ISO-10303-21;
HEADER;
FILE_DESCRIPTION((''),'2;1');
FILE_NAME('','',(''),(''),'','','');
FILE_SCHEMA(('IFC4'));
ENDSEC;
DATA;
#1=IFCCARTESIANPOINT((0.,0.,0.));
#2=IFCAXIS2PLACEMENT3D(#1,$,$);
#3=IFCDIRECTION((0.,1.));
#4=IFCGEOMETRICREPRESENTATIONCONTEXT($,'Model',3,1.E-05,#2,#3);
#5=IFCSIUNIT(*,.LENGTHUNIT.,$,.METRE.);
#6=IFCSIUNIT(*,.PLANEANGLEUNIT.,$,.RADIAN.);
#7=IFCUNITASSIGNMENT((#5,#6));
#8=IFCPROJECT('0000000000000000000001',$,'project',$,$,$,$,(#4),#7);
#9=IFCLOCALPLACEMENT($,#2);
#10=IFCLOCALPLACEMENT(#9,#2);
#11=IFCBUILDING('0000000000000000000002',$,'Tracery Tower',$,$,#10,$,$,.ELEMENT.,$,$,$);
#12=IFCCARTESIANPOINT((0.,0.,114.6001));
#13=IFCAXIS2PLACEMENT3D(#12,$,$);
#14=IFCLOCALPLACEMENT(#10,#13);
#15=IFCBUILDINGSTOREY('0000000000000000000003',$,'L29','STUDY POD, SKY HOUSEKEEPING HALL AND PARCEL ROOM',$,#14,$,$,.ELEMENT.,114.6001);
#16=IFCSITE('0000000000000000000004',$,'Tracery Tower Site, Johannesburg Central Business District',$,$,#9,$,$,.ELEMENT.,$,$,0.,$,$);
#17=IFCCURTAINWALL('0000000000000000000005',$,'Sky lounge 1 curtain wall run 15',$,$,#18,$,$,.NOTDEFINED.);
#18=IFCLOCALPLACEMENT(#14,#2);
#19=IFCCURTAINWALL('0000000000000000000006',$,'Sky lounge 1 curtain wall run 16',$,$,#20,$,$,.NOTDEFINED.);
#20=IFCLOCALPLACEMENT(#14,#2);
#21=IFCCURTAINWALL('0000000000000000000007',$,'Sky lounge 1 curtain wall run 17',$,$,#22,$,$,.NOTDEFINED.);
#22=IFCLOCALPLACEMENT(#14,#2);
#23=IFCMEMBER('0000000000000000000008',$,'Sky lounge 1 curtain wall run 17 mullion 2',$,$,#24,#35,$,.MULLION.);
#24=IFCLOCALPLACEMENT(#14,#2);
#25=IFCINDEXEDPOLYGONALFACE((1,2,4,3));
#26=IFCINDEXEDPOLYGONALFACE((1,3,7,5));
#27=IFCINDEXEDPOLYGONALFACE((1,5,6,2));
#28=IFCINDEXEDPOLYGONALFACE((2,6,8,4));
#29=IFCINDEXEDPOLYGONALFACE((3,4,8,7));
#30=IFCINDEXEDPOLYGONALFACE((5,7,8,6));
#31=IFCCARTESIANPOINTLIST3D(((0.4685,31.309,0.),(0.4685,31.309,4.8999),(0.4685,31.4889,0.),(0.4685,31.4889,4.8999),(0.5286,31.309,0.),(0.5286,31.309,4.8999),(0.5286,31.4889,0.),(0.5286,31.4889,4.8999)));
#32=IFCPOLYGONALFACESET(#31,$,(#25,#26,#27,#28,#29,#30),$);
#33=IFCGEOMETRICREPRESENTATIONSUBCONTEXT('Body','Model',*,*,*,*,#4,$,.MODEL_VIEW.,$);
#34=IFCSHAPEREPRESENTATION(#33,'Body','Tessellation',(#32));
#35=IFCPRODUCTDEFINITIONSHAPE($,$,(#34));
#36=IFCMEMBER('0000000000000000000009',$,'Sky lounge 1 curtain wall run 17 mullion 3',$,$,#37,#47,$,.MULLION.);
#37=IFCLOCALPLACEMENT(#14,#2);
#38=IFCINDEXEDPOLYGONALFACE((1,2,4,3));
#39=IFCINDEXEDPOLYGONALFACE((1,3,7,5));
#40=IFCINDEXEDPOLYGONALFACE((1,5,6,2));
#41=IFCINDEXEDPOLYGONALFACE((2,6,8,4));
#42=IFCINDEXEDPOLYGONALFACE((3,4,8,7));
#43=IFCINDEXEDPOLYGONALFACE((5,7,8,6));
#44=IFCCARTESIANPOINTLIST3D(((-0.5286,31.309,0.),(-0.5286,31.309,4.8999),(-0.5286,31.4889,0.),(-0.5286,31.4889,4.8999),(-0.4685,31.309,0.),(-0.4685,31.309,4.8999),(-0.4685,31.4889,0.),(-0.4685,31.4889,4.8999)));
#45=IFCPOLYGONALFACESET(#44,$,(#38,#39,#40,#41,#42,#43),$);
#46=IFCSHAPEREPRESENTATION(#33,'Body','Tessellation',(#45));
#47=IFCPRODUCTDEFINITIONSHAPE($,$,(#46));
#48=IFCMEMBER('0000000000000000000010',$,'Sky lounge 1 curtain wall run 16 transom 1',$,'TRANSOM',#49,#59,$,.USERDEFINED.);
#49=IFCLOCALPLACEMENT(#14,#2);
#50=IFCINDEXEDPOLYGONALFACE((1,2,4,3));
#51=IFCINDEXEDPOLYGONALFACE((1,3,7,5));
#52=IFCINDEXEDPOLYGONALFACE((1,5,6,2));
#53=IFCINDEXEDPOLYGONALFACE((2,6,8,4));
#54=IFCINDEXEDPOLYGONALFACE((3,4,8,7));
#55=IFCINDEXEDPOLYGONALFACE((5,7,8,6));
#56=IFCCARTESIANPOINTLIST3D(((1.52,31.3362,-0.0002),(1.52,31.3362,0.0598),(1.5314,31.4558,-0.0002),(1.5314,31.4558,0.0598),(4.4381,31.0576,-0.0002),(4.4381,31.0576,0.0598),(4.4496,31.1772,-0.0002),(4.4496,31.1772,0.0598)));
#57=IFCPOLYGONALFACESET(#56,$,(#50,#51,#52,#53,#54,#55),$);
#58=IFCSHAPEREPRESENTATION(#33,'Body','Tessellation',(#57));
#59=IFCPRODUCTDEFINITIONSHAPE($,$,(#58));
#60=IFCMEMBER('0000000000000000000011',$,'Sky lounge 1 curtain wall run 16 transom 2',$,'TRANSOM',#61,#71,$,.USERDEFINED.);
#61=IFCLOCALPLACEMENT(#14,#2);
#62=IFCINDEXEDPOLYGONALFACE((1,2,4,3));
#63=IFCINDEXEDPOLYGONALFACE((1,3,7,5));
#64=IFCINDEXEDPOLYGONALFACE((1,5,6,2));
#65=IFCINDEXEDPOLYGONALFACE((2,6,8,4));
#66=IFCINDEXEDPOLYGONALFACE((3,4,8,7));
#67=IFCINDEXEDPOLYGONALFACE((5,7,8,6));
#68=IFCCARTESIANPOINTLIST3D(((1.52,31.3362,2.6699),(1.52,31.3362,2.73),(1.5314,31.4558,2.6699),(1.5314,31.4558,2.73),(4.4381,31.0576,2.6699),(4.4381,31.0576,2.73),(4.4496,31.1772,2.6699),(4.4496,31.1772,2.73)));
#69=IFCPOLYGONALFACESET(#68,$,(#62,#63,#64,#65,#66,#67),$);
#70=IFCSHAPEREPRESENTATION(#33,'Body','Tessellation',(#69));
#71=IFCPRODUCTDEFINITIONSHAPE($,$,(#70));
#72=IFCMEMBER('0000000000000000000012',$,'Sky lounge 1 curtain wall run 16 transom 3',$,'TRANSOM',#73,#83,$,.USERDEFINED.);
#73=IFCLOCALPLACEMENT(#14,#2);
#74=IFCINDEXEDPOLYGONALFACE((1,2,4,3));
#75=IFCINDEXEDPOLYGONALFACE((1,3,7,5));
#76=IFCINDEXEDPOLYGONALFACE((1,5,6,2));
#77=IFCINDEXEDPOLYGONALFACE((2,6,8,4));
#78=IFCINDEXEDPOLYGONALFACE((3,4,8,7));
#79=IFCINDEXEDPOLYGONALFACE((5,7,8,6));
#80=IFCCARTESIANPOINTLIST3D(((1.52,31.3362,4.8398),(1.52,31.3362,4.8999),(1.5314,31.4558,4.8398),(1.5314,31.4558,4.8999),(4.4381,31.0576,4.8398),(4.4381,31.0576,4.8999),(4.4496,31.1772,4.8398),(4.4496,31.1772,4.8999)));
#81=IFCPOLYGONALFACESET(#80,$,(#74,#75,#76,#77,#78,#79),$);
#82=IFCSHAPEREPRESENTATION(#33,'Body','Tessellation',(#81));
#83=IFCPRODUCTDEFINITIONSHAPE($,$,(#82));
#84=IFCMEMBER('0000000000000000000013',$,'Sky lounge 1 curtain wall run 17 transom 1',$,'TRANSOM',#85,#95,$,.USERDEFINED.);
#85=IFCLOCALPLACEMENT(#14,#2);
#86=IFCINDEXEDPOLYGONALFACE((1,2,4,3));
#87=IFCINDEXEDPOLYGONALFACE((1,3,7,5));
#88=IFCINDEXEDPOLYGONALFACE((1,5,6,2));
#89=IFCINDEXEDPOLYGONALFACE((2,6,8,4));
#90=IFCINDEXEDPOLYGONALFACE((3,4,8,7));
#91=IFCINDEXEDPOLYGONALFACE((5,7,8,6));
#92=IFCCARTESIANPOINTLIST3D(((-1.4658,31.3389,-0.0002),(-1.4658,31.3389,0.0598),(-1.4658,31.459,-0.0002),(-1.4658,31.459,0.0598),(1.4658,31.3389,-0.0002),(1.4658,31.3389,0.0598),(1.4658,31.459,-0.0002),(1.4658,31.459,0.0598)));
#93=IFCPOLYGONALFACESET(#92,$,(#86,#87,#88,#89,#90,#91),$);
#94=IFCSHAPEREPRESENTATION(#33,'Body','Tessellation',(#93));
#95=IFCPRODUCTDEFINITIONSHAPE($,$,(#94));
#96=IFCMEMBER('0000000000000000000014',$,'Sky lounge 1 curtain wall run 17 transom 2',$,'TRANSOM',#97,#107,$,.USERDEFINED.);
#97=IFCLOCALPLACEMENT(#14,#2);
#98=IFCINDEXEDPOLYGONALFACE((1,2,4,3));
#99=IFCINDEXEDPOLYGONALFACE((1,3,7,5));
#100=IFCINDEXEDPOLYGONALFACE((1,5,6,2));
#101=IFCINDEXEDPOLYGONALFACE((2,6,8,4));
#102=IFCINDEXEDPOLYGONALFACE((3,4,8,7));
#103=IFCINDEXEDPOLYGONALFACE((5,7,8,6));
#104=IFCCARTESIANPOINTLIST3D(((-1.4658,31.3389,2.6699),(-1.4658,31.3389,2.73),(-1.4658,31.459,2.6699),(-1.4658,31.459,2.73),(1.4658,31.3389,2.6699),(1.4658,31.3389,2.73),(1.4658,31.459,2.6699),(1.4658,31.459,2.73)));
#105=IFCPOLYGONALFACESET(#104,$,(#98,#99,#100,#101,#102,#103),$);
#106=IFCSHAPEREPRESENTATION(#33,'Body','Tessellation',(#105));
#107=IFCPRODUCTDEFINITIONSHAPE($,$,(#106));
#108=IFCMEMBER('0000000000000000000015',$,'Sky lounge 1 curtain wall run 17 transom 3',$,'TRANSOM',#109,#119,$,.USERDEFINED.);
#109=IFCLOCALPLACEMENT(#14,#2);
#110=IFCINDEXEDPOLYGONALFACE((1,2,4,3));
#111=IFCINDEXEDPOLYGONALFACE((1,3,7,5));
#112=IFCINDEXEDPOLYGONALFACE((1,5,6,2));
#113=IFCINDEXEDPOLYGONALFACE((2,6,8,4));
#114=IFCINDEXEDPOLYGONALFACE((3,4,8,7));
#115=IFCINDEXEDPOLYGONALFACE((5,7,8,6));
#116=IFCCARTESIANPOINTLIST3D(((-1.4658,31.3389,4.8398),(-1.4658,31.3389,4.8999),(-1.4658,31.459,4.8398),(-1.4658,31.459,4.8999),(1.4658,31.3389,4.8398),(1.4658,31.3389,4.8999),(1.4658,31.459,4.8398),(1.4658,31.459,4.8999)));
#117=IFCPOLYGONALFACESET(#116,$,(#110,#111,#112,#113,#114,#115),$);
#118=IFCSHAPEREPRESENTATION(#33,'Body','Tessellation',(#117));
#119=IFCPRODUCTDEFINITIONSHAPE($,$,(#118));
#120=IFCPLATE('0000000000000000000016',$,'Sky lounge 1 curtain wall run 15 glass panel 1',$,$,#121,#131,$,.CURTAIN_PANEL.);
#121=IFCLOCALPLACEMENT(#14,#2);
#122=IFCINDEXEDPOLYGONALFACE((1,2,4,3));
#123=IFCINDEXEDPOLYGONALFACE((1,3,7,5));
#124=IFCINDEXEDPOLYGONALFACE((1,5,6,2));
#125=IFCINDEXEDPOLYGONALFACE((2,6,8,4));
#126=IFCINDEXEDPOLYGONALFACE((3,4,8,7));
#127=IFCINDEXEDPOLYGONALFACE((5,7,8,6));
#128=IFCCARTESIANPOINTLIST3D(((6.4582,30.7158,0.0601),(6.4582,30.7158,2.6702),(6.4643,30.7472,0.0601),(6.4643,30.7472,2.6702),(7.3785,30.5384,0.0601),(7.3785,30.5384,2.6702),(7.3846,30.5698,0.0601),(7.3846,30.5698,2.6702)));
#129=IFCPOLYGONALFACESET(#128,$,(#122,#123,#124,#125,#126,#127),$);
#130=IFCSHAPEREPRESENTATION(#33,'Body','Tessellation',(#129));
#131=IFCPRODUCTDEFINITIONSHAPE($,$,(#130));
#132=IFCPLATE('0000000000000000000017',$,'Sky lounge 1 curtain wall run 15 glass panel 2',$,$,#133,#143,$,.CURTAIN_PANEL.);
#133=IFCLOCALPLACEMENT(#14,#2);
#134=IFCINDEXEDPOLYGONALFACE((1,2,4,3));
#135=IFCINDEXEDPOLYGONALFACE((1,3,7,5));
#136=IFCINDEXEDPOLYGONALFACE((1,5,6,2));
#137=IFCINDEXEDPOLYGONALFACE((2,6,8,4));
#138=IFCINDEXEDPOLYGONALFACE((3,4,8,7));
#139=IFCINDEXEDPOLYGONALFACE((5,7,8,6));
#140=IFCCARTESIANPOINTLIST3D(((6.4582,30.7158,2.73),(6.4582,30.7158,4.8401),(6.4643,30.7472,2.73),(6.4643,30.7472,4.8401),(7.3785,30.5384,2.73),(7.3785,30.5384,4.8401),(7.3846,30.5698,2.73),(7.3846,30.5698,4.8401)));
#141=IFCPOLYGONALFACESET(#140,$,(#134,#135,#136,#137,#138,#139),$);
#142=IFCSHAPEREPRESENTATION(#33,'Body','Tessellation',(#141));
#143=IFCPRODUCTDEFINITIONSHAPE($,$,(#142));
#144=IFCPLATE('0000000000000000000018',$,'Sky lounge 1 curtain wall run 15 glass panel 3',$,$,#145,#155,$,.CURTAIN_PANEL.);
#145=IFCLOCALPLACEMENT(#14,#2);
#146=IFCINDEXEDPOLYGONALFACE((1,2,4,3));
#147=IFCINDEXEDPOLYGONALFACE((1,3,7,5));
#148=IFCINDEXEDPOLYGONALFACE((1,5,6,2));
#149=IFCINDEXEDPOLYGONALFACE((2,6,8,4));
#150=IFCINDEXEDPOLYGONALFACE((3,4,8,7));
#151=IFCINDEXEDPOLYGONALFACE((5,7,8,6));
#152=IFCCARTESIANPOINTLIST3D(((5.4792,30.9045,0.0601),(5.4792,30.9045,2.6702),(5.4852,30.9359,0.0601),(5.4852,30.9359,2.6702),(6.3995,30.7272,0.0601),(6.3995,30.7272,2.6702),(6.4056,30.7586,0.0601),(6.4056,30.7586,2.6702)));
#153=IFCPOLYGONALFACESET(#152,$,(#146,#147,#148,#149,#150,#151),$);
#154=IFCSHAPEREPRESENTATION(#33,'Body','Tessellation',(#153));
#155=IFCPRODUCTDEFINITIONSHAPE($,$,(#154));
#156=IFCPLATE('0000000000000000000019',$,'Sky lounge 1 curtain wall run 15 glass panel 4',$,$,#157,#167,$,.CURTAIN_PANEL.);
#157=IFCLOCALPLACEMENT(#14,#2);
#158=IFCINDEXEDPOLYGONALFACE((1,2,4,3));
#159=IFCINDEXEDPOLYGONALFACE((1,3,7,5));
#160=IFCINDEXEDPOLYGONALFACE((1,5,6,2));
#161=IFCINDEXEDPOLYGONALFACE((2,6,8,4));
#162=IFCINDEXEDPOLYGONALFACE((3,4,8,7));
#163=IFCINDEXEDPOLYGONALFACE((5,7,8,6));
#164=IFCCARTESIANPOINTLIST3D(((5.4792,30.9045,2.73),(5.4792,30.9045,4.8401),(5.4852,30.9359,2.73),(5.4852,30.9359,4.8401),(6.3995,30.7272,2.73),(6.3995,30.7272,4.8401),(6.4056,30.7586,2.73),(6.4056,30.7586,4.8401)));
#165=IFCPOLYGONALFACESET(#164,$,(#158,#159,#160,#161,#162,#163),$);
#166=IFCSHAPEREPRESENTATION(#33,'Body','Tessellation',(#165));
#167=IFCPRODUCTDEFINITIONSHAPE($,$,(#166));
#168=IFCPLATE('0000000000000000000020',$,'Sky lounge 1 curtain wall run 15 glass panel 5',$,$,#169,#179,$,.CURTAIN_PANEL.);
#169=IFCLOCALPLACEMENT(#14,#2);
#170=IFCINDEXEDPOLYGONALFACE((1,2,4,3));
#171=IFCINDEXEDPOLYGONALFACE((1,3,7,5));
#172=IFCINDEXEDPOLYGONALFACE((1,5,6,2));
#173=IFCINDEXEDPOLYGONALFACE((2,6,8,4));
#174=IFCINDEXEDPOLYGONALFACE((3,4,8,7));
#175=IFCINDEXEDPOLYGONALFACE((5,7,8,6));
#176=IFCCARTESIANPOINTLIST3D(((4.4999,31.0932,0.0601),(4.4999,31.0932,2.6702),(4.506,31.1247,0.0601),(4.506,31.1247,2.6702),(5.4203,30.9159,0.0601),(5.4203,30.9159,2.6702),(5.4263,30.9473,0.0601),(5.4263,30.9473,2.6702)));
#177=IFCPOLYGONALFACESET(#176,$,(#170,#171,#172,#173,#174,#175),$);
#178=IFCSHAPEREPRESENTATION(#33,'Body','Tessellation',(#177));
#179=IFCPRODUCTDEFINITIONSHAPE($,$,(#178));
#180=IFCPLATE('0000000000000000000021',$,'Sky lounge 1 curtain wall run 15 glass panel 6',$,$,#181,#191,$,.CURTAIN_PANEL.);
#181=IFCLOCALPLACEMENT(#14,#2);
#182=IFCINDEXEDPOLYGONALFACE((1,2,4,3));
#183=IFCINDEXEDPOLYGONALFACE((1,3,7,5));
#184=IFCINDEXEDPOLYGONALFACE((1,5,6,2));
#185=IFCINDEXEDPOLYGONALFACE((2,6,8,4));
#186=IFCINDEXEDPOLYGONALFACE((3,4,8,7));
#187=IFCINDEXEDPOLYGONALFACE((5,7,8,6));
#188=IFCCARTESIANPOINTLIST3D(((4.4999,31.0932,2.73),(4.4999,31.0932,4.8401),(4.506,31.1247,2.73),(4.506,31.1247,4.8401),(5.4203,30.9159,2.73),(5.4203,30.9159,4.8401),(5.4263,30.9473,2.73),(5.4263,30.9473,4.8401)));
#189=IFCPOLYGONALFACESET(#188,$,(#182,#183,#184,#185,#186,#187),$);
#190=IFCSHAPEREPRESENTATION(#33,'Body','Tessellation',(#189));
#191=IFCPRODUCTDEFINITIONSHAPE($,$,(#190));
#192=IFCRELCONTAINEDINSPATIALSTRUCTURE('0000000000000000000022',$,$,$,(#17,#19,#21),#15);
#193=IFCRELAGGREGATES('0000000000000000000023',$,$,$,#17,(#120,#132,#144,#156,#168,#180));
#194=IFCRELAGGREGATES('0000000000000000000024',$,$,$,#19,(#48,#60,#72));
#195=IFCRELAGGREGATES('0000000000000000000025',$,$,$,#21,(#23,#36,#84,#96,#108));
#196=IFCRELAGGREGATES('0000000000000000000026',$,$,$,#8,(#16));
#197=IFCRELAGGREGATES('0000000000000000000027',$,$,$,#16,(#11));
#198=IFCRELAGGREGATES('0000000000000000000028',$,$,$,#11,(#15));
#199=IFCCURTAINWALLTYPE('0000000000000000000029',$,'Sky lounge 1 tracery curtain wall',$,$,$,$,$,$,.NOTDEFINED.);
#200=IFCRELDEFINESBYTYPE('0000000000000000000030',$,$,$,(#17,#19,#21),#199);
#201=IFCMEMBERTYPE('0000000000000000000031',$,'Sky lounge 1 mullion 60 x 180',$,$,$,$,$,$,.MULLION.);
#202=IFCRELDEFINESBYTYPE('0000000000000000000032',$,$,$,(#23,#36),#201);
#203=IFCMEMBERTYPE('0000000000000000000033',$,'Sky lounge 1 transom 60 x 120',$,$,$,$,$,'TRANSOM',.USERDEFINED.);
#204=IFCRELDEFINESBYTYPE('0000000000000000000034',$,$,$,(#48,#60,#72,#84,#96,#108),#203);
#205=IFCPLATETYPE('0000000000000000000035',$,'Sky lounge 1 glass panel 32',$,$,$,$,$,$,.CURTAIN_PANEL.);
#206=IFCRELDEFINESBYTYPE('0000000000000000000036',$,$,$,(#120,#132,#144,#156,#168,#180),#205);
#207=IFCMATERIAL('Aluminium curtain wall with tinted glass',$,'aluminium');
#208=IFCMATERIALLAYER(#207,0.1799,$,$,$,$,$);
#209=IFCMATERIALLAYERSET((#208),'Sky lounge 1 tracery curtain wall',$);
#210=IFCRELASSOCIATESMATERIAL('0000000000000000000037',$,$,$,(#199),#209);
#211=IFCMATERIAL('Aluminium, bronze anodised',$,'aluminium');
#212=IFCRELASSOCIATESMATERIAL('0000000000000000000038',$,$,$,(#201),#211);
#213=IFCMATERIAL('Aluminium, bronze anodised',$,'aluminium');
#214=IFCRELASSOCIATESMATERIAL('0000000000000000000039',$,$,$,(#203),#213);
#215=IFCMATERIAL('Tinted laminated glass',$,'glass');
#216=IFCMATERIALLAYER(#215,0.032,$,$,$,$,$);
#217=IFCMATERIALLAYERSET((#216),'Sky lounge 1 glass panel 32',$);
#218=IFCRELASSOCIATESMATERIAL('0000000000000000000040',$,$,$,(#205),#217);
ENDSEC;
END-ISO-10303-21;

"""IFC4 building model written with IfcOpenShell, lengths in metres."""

from ifc_helpers import new_model, si_unit, direction, frame, origin, origin_2d, place, context, subcontext, project, spatial, rectangle, extrude, material, layer, layer_set, material_profile, profile_set, type_object, element, aggregate, save


model = new_model("IFC4")

# Units and contexts
model_context = context("Model", 3, precision=1e-05, world=origin(), true_north=direction((0.0, 1.0)))
body_context = subcontext(model_context, "Body", "Model", "MODEL_VIEW")
ifc_project = project(units=[si_unit("LENGTHUNIT", "METRE"), si_unit("PLANEANGLEUNIT", "RADIAN")], contexts=[model_context])

# Site, building, storey
site_placement = place(None, origin())
site = spatial("IfcSite", under=ifc_project, at=site_placement, Name="Tracery Tower Site, Johannesburg Central Business District", CompositionType="ELEMENT", RefElevation=0.0)
building_placement = place(site_placement, origin())
building = spatial("IfcBuilding", under=site, at=building_placement, Name="Tracery Tower", CompositionType="ELEMENT")
storey_placement = place(building_placement, frame((0.0, 0.0, 114.6001)))
storey = spatial("IfcBuildingStorey", under=building, at=storey_placement, Name="L29", Description="STUDY POD, SKY HOUSEKEEPING HALL AND PARCEL ROOM", CompositionType="ELEMENT", Elevation=114.6001)

# Curtain walls, members
ifc_material_1 = material(Name="Aluminium curtain wall with tinted glass", Category="aluminium")
ifc_layer_1 = layer(ifc_material_1, 0.1799)
ifc_layer_set_1 = layer_set([ifc_layer_1], Name="Sky lounge 1 tracery curtain wall")
curtain_wall_type = type_object("IfcCurtainWallType", Name="Sky lounge 1 tracery curtain wall", PredefinedType="NOTDEFINED", material=ifc_layer_set_1)
curtain_wall_1_placement = place(storey_placement, origin())
curtain_wall_1 = element("IfcCurtainWall", 1, at=curtain_wall_1_placement, inside=storey, type_object=curtain_wall_type, Name="Sky lounge 1 curtain wall run 15", PredefinedType="NOTDEFINED")
ifc_material_2 = material(Name="Aluminium, bronze anodised", Category="aluminium")
ifc_material_profile_1 = material_profile(ifc_material_2, rectangle(XDim=0.1799, YDim=0.0601, at=origin_2d()), Name="AL 60x180")
ifc_profile_set_1 = profile_set([ifc_material_profile_1], Name="Aluminium, bronze anodised")
member_type_1 = type_object("IfcMemberType", Name="Sky lounge 1 mullion 60 x 180", PredefinedType="MULLION", material=ifc_profile_set_1)
curtain_wall_2_placement = place(storey_placement, origin())
curtain_wall_2 = element("IfcCurtainWall", 2, at=curtain_wall_2_placement, inside=storey, type_object=curtain_wall_type, Name="Sky lounge 1 curtain wall run 16", PredefinedType="NOTDEFINED")
curtain_wall_3_placement = place(storey_placement, origin())
curtain_wall_3 = element("IfcCurtainWall", 3, at=curtain_wall_3_placement, inside=storey, type_object=curtain_wall_type, Name="Sky lounge 1 curtain wall run 17", PredefinedType="NOTDEFINED")
member_1_placement = place(storey_placement, frame((0.4985, 31.3989, 0.0), z_axis=(0.0, 0.0, 1.0), x_axis=(0.0, -1.0, 0.0)))
member_1 = element("IfcMember", 4, at=member_1_placement, type_object=member_type_1, Name="Sky lounge 1 curtain wall run 17 mullion 2", PredefinedType="MULLION", context=body_context, shape_type="SweptSolid", body=[
    extrude(rectangle(XDim=0.1799, YDim=0.0601, at=origin_2d()), origin(), (0.0, 0.0, 1.0), 4.8999),
])
member_2_placement = place(storey_placement, frame((-0.4985, 31.3989, 0.0), z_axis=(0.0, 0.0, 1.0), x_axis=(0.0, -1.0, 0.0)))
member_2 = element("IfcMember", 5, at=member_2_placement, type_object=member_type_1, Name="Sky lounge 1 curtain wall run 17 mullion 3", PredefinedType="MULLION", context=body_context, shape_type="SweptSolid", body=[
    extrude(rectangle(XDim=0.1799, YDim=0.0601, at=origin_2d()), origin(), (0.0, 0.0, 1.0), 4.8999),
])

# Members
ifc_material_3 = material(Name="Aluminium, bronze anodised", Category="aluminium")
ifc_material_profile_2 = material_profile(ifc_material_3, rectangle(XDim=0.1201, YDim=0.0601, at=origin_2d()), Name="AL 60x120")
ifc_profile_set_2 = profile_set([ifc_material_profile_2], Name="Aluminium, bronze anodised")
member_type_2 = type_object("IfcMemberType", Name="Sky lounge 1 transom 60 x 120", ElementType="TRANSOM", PredefinedType="USERDEFINED", material=ifc_profile_set_2)
member_3_placement = place(storey_placement, frame((4.4438, 31.1174, 0.0298), z_axis=(-0.995475, 0.095025, 0.0), x_axis=(-0.095025, -0.995475, 0.0)))
member_3 = element("IfcMember", 6, at=member_3_placement, type_object=member_type_2, Name="Sky lounge 1 curtain wall run 16 transom 1", ObjectType="TRANSOM", PredefinedType="USERDEFINED", context=body_context, shape_type="SweptSolid", body=[
    extrude(rectangle(XDim=0.1201, YDim=0.0601, at=origin_2d()), origin(), (0.0, 0.0, 1.0), 2.9314),
])
member_4_placement = place(storey_placement, frame((4.4438, 31.1174, 2.7), z_axis=(-0.995475, 0.095025, 0.0), x_axis=(-0.095025, -0.995475, 0.0)))
member_4 = element("IfcMember", 7, at=member_4_placement, type_object=member_type_2, Name="Sky lounge 1 curtain wall run 16 transom 2", ObjectType="TRANSOM", PredefinedType="USERDEFINED", context=body_context, shape_type="SweptSolid", body=[
    extrude(rectangle(XDim=0.1201, YDim=0.0601, at=origin_2d()), origin(), (0.0, 0.0, 1.0), 2.9314),
])
member_5_placement = place(storey_placement, frame((4.4438, 31.1174, 4.8699), z_axis=(-0.995475, 0.095025, 0.0), x_axis=(-0.095025, -0.995475, 0.0)))
member_5 = element("IfcMember", 8, at=member_5_placement, type_object=member_type_2, Name="Sky lounge 1 curtain wall run 16 transom 3", ObjectType="TRANSOM", PredefinedType="USERDEFINED", context=body_context, shape_type="SweptSolid", body=[
    extrude(rectangle(XDim=0.1201, YDim=0.0601, at=origin_2d()), origin(), (0.0, 0.0, 1.0), 2.9314),
])
member_6_placement = place(storey_placement, frame((1.4658, 31.3989, 0.0298), z_axis=(-1.0, 0.0, 0.0), x_axis=(0.0, -1.0, 0.0)))
member_6 = element("IfcMember", 9, at=member_6_placement, type_object=member_type_2, Name="Sky lounge 1 curtain wall run 17 transom 1", ObjectType="TRANSOM", PredefinedType="USERDEFINED", context=body_context, shape_type="SweptSolid", body=[
    extrude(rectangle(XDim=0.1201, YDim=0.0601, at=origin_2d()), origin(), (0.0, 0.0, 1.0), 2.9316),
])
member_7_placement = place(storey_placement, frame((1.4658, 31.3989, 2.7), z_axis=(-1.0, 0.0, 0.0), x_axis=(0.0, -1.0, 0.0)))
member_7 = element("IfcMember", 10, at=member_7_placement, type_object=member_type_2, Name="Sky lounge 1 curtain wall run 17 transom 2", ObjectType="TRANSOM", PredefinedType="USERDEFINED", context=body_context, shape_type="SweptSolid", body=[
    extrude(rectangle(XDim=0.1201, YDim=0.0601, at=origin_2d()), origin(), (0.0, 0.0, 1.0), 2.9316),
])
member_8_placement = place(storey_placement, frame((1.4658, 31.3989, 4.8699), z_axis=(-1.0, 0.0, 0.0), x_axis=(0.0, -1.0, 0.0)))
member_8 = element("IfcMember", 11, at=member_8_placement, type_object=member_type_2, Name="Sky lounge 1 curtain wall run 17 transom 3", ObjectType="TRANSOM", PredefinedType="USERDEFINED", context=body_context, shape_type="SweptSolid", body=[
    extrude(rectangle(XDim=0.1201, YDim=0.0601, at=origin_2d()), origin(), (0.0, 0.0, 1.0), 2.9316),
])

# Plates
ifc_material_4 = material(Name="Tinted laminated glass", Category="glass")
ifc_layer_2 = layer(ifc_material_4, 0.032)
ifc_layer_set_2 = layer_set([ifc_layer_2], Name="Sky lounge 1 glass panel 32")
plate_type = type_object("IfcPlateType", Name="Sky lounge 1 glass panel 32", PredefinedType="CURTAIN_PANEL", material=ifc_layer_set_2)
plate_1_placement = place(storey_placement, frame((6.9214, 30.6428, 0.0601), z_axis=(0.0, 0.0, 1.0), x_axis=(-0.981929, 0.189251, 0.0)))
plate_1 = element("IfcPlate", 12, at=plate_1_placement, type_object=plate_type, Name="Sky lounge 1 curtain wall run 15 glass panel 1", PredefinedType="CURTAIN_PANEL", context=body_context, shape_type="SweptSolid", body=[
    extrude(rectangle(XDim=0.9373, YDim=0.032, at=origin_2d()), origin(), (0.0, 0.0, 1.0), 2.6101),
])
plate_2_placement = place(storey_placement, frame((6.9214, 30.6428, 2.73), z_axis=(0.0, 0.0, 1.0), x_axis=(-0.981929, 0.189251, 0.0)))
plate_2 = element("IfcPlate", 13, at=plate_2_placement, type_object=plate_type, Name="Sky lounge 1 curtain wall run 15 glass panel 2", PredefinedType="CURTAIN_PANEL", context=body_context, shape_type="SweptSolid", body=[
    extrude(rectangle(XDim=0.9373, YDim=0.032, at=origin_2d()), origin(), (0.0, 0.0, 1.0), 2.1101),
])
plate_3_placement = place(storey_placement, frame((5.9424, 30.8315, 0.0601), z_axis=(0.0, 0.0, 1.0), x_axis=(-0.981929, 0.189251, 0.0)))
plate_3 = element("IfcPlate", 14, at=plate_3_placement, type_object=plate_type, Name="Sky lounge 1 curtain wall run 15 glass panel 3", PredefinedType="CURTAIN_PANEL", context=body_context, shape_type="SweptSolid", body=[
    extrude(rectangle(XDim=0.9373, YDim=0.032, at=origin_2d()), origin(), (0.0, 0.0, 1.0), 2.6101),
])
plate_4_placement = place(storey_placement, frame((5.9424, 30.8315, 2.73), z_axis=(0.0, 0.0, 1.0), x_axis=(-0.981929, 0.189251, 0.0)))
plate_4 = element("IfcPlate", 15, at=plate_4_placement, type_object=plate_type, Name="Sky lounge 1 curtain wall run 15 glass panel 4", PredefinedType="CURTAIN_PANEL", context=body_context, shape_type="SweptSolid", body=[
    extrude(rectangle(XDim=0.9373, YDim=0.032, at=origin_2d()), origin(), (0.0, 0.0, 1.0), 2.1101),
])
plate_5_placement = place(storey_placement, frame((4.9631, 31.0203, 0.0601), z_axis=(0.0, 0.0, 1.0), x_axis=(-0.981929, 0.189251, 0.0)))
plate_5 = element("IfcPlate", 16, at=plate_5_placement, type_object=plate_type, Name="Sky lounge 1 curtain wall run 15 glass panel 5", PredefinedType="CURTAIN_PANEL", context=body_context, shape_type="SweptSolid", body=[
    extrude(rectangle(XDim=0.9373, YDim=0.032, at=origin_2d()), origin(), (0.0, 0.0, 1.0), 2.6101),
])
plate_6_placement = place(storey_placement, frame((4.9631, 31.0203, 2.73), z_axis=(0.0, 0.0, 1.0), x_axis=(-0.981929, 0.189251, 0.0)))
plate_6 = element("IfcPlate", 17, at=plate_6_placement, type_object=plate_type, Name="Sky lounge 1 curtain wall run 15 glass panel 6", PredefinedType="CURTAIN_PANEL", context=body_context, shape_type="SweptSolid", body=[
    extrude(rectangle(XDim=0.9373, YDim=0.032, at=origin_2d()), origin(), (0.0, 0.0, 1.0), 2.1101),
])
aggregate(curtain_wall_1, [plate_1, plate_2, plate_3, plate_4, plate_5, plate_6])
aggregate(curtain_wall_2, [member_3, member_4, member_5])
aggregate(curtain_wall_3, [member_1, member_2, member_6, member_7, member_8])

save(model, "model.ifc")
